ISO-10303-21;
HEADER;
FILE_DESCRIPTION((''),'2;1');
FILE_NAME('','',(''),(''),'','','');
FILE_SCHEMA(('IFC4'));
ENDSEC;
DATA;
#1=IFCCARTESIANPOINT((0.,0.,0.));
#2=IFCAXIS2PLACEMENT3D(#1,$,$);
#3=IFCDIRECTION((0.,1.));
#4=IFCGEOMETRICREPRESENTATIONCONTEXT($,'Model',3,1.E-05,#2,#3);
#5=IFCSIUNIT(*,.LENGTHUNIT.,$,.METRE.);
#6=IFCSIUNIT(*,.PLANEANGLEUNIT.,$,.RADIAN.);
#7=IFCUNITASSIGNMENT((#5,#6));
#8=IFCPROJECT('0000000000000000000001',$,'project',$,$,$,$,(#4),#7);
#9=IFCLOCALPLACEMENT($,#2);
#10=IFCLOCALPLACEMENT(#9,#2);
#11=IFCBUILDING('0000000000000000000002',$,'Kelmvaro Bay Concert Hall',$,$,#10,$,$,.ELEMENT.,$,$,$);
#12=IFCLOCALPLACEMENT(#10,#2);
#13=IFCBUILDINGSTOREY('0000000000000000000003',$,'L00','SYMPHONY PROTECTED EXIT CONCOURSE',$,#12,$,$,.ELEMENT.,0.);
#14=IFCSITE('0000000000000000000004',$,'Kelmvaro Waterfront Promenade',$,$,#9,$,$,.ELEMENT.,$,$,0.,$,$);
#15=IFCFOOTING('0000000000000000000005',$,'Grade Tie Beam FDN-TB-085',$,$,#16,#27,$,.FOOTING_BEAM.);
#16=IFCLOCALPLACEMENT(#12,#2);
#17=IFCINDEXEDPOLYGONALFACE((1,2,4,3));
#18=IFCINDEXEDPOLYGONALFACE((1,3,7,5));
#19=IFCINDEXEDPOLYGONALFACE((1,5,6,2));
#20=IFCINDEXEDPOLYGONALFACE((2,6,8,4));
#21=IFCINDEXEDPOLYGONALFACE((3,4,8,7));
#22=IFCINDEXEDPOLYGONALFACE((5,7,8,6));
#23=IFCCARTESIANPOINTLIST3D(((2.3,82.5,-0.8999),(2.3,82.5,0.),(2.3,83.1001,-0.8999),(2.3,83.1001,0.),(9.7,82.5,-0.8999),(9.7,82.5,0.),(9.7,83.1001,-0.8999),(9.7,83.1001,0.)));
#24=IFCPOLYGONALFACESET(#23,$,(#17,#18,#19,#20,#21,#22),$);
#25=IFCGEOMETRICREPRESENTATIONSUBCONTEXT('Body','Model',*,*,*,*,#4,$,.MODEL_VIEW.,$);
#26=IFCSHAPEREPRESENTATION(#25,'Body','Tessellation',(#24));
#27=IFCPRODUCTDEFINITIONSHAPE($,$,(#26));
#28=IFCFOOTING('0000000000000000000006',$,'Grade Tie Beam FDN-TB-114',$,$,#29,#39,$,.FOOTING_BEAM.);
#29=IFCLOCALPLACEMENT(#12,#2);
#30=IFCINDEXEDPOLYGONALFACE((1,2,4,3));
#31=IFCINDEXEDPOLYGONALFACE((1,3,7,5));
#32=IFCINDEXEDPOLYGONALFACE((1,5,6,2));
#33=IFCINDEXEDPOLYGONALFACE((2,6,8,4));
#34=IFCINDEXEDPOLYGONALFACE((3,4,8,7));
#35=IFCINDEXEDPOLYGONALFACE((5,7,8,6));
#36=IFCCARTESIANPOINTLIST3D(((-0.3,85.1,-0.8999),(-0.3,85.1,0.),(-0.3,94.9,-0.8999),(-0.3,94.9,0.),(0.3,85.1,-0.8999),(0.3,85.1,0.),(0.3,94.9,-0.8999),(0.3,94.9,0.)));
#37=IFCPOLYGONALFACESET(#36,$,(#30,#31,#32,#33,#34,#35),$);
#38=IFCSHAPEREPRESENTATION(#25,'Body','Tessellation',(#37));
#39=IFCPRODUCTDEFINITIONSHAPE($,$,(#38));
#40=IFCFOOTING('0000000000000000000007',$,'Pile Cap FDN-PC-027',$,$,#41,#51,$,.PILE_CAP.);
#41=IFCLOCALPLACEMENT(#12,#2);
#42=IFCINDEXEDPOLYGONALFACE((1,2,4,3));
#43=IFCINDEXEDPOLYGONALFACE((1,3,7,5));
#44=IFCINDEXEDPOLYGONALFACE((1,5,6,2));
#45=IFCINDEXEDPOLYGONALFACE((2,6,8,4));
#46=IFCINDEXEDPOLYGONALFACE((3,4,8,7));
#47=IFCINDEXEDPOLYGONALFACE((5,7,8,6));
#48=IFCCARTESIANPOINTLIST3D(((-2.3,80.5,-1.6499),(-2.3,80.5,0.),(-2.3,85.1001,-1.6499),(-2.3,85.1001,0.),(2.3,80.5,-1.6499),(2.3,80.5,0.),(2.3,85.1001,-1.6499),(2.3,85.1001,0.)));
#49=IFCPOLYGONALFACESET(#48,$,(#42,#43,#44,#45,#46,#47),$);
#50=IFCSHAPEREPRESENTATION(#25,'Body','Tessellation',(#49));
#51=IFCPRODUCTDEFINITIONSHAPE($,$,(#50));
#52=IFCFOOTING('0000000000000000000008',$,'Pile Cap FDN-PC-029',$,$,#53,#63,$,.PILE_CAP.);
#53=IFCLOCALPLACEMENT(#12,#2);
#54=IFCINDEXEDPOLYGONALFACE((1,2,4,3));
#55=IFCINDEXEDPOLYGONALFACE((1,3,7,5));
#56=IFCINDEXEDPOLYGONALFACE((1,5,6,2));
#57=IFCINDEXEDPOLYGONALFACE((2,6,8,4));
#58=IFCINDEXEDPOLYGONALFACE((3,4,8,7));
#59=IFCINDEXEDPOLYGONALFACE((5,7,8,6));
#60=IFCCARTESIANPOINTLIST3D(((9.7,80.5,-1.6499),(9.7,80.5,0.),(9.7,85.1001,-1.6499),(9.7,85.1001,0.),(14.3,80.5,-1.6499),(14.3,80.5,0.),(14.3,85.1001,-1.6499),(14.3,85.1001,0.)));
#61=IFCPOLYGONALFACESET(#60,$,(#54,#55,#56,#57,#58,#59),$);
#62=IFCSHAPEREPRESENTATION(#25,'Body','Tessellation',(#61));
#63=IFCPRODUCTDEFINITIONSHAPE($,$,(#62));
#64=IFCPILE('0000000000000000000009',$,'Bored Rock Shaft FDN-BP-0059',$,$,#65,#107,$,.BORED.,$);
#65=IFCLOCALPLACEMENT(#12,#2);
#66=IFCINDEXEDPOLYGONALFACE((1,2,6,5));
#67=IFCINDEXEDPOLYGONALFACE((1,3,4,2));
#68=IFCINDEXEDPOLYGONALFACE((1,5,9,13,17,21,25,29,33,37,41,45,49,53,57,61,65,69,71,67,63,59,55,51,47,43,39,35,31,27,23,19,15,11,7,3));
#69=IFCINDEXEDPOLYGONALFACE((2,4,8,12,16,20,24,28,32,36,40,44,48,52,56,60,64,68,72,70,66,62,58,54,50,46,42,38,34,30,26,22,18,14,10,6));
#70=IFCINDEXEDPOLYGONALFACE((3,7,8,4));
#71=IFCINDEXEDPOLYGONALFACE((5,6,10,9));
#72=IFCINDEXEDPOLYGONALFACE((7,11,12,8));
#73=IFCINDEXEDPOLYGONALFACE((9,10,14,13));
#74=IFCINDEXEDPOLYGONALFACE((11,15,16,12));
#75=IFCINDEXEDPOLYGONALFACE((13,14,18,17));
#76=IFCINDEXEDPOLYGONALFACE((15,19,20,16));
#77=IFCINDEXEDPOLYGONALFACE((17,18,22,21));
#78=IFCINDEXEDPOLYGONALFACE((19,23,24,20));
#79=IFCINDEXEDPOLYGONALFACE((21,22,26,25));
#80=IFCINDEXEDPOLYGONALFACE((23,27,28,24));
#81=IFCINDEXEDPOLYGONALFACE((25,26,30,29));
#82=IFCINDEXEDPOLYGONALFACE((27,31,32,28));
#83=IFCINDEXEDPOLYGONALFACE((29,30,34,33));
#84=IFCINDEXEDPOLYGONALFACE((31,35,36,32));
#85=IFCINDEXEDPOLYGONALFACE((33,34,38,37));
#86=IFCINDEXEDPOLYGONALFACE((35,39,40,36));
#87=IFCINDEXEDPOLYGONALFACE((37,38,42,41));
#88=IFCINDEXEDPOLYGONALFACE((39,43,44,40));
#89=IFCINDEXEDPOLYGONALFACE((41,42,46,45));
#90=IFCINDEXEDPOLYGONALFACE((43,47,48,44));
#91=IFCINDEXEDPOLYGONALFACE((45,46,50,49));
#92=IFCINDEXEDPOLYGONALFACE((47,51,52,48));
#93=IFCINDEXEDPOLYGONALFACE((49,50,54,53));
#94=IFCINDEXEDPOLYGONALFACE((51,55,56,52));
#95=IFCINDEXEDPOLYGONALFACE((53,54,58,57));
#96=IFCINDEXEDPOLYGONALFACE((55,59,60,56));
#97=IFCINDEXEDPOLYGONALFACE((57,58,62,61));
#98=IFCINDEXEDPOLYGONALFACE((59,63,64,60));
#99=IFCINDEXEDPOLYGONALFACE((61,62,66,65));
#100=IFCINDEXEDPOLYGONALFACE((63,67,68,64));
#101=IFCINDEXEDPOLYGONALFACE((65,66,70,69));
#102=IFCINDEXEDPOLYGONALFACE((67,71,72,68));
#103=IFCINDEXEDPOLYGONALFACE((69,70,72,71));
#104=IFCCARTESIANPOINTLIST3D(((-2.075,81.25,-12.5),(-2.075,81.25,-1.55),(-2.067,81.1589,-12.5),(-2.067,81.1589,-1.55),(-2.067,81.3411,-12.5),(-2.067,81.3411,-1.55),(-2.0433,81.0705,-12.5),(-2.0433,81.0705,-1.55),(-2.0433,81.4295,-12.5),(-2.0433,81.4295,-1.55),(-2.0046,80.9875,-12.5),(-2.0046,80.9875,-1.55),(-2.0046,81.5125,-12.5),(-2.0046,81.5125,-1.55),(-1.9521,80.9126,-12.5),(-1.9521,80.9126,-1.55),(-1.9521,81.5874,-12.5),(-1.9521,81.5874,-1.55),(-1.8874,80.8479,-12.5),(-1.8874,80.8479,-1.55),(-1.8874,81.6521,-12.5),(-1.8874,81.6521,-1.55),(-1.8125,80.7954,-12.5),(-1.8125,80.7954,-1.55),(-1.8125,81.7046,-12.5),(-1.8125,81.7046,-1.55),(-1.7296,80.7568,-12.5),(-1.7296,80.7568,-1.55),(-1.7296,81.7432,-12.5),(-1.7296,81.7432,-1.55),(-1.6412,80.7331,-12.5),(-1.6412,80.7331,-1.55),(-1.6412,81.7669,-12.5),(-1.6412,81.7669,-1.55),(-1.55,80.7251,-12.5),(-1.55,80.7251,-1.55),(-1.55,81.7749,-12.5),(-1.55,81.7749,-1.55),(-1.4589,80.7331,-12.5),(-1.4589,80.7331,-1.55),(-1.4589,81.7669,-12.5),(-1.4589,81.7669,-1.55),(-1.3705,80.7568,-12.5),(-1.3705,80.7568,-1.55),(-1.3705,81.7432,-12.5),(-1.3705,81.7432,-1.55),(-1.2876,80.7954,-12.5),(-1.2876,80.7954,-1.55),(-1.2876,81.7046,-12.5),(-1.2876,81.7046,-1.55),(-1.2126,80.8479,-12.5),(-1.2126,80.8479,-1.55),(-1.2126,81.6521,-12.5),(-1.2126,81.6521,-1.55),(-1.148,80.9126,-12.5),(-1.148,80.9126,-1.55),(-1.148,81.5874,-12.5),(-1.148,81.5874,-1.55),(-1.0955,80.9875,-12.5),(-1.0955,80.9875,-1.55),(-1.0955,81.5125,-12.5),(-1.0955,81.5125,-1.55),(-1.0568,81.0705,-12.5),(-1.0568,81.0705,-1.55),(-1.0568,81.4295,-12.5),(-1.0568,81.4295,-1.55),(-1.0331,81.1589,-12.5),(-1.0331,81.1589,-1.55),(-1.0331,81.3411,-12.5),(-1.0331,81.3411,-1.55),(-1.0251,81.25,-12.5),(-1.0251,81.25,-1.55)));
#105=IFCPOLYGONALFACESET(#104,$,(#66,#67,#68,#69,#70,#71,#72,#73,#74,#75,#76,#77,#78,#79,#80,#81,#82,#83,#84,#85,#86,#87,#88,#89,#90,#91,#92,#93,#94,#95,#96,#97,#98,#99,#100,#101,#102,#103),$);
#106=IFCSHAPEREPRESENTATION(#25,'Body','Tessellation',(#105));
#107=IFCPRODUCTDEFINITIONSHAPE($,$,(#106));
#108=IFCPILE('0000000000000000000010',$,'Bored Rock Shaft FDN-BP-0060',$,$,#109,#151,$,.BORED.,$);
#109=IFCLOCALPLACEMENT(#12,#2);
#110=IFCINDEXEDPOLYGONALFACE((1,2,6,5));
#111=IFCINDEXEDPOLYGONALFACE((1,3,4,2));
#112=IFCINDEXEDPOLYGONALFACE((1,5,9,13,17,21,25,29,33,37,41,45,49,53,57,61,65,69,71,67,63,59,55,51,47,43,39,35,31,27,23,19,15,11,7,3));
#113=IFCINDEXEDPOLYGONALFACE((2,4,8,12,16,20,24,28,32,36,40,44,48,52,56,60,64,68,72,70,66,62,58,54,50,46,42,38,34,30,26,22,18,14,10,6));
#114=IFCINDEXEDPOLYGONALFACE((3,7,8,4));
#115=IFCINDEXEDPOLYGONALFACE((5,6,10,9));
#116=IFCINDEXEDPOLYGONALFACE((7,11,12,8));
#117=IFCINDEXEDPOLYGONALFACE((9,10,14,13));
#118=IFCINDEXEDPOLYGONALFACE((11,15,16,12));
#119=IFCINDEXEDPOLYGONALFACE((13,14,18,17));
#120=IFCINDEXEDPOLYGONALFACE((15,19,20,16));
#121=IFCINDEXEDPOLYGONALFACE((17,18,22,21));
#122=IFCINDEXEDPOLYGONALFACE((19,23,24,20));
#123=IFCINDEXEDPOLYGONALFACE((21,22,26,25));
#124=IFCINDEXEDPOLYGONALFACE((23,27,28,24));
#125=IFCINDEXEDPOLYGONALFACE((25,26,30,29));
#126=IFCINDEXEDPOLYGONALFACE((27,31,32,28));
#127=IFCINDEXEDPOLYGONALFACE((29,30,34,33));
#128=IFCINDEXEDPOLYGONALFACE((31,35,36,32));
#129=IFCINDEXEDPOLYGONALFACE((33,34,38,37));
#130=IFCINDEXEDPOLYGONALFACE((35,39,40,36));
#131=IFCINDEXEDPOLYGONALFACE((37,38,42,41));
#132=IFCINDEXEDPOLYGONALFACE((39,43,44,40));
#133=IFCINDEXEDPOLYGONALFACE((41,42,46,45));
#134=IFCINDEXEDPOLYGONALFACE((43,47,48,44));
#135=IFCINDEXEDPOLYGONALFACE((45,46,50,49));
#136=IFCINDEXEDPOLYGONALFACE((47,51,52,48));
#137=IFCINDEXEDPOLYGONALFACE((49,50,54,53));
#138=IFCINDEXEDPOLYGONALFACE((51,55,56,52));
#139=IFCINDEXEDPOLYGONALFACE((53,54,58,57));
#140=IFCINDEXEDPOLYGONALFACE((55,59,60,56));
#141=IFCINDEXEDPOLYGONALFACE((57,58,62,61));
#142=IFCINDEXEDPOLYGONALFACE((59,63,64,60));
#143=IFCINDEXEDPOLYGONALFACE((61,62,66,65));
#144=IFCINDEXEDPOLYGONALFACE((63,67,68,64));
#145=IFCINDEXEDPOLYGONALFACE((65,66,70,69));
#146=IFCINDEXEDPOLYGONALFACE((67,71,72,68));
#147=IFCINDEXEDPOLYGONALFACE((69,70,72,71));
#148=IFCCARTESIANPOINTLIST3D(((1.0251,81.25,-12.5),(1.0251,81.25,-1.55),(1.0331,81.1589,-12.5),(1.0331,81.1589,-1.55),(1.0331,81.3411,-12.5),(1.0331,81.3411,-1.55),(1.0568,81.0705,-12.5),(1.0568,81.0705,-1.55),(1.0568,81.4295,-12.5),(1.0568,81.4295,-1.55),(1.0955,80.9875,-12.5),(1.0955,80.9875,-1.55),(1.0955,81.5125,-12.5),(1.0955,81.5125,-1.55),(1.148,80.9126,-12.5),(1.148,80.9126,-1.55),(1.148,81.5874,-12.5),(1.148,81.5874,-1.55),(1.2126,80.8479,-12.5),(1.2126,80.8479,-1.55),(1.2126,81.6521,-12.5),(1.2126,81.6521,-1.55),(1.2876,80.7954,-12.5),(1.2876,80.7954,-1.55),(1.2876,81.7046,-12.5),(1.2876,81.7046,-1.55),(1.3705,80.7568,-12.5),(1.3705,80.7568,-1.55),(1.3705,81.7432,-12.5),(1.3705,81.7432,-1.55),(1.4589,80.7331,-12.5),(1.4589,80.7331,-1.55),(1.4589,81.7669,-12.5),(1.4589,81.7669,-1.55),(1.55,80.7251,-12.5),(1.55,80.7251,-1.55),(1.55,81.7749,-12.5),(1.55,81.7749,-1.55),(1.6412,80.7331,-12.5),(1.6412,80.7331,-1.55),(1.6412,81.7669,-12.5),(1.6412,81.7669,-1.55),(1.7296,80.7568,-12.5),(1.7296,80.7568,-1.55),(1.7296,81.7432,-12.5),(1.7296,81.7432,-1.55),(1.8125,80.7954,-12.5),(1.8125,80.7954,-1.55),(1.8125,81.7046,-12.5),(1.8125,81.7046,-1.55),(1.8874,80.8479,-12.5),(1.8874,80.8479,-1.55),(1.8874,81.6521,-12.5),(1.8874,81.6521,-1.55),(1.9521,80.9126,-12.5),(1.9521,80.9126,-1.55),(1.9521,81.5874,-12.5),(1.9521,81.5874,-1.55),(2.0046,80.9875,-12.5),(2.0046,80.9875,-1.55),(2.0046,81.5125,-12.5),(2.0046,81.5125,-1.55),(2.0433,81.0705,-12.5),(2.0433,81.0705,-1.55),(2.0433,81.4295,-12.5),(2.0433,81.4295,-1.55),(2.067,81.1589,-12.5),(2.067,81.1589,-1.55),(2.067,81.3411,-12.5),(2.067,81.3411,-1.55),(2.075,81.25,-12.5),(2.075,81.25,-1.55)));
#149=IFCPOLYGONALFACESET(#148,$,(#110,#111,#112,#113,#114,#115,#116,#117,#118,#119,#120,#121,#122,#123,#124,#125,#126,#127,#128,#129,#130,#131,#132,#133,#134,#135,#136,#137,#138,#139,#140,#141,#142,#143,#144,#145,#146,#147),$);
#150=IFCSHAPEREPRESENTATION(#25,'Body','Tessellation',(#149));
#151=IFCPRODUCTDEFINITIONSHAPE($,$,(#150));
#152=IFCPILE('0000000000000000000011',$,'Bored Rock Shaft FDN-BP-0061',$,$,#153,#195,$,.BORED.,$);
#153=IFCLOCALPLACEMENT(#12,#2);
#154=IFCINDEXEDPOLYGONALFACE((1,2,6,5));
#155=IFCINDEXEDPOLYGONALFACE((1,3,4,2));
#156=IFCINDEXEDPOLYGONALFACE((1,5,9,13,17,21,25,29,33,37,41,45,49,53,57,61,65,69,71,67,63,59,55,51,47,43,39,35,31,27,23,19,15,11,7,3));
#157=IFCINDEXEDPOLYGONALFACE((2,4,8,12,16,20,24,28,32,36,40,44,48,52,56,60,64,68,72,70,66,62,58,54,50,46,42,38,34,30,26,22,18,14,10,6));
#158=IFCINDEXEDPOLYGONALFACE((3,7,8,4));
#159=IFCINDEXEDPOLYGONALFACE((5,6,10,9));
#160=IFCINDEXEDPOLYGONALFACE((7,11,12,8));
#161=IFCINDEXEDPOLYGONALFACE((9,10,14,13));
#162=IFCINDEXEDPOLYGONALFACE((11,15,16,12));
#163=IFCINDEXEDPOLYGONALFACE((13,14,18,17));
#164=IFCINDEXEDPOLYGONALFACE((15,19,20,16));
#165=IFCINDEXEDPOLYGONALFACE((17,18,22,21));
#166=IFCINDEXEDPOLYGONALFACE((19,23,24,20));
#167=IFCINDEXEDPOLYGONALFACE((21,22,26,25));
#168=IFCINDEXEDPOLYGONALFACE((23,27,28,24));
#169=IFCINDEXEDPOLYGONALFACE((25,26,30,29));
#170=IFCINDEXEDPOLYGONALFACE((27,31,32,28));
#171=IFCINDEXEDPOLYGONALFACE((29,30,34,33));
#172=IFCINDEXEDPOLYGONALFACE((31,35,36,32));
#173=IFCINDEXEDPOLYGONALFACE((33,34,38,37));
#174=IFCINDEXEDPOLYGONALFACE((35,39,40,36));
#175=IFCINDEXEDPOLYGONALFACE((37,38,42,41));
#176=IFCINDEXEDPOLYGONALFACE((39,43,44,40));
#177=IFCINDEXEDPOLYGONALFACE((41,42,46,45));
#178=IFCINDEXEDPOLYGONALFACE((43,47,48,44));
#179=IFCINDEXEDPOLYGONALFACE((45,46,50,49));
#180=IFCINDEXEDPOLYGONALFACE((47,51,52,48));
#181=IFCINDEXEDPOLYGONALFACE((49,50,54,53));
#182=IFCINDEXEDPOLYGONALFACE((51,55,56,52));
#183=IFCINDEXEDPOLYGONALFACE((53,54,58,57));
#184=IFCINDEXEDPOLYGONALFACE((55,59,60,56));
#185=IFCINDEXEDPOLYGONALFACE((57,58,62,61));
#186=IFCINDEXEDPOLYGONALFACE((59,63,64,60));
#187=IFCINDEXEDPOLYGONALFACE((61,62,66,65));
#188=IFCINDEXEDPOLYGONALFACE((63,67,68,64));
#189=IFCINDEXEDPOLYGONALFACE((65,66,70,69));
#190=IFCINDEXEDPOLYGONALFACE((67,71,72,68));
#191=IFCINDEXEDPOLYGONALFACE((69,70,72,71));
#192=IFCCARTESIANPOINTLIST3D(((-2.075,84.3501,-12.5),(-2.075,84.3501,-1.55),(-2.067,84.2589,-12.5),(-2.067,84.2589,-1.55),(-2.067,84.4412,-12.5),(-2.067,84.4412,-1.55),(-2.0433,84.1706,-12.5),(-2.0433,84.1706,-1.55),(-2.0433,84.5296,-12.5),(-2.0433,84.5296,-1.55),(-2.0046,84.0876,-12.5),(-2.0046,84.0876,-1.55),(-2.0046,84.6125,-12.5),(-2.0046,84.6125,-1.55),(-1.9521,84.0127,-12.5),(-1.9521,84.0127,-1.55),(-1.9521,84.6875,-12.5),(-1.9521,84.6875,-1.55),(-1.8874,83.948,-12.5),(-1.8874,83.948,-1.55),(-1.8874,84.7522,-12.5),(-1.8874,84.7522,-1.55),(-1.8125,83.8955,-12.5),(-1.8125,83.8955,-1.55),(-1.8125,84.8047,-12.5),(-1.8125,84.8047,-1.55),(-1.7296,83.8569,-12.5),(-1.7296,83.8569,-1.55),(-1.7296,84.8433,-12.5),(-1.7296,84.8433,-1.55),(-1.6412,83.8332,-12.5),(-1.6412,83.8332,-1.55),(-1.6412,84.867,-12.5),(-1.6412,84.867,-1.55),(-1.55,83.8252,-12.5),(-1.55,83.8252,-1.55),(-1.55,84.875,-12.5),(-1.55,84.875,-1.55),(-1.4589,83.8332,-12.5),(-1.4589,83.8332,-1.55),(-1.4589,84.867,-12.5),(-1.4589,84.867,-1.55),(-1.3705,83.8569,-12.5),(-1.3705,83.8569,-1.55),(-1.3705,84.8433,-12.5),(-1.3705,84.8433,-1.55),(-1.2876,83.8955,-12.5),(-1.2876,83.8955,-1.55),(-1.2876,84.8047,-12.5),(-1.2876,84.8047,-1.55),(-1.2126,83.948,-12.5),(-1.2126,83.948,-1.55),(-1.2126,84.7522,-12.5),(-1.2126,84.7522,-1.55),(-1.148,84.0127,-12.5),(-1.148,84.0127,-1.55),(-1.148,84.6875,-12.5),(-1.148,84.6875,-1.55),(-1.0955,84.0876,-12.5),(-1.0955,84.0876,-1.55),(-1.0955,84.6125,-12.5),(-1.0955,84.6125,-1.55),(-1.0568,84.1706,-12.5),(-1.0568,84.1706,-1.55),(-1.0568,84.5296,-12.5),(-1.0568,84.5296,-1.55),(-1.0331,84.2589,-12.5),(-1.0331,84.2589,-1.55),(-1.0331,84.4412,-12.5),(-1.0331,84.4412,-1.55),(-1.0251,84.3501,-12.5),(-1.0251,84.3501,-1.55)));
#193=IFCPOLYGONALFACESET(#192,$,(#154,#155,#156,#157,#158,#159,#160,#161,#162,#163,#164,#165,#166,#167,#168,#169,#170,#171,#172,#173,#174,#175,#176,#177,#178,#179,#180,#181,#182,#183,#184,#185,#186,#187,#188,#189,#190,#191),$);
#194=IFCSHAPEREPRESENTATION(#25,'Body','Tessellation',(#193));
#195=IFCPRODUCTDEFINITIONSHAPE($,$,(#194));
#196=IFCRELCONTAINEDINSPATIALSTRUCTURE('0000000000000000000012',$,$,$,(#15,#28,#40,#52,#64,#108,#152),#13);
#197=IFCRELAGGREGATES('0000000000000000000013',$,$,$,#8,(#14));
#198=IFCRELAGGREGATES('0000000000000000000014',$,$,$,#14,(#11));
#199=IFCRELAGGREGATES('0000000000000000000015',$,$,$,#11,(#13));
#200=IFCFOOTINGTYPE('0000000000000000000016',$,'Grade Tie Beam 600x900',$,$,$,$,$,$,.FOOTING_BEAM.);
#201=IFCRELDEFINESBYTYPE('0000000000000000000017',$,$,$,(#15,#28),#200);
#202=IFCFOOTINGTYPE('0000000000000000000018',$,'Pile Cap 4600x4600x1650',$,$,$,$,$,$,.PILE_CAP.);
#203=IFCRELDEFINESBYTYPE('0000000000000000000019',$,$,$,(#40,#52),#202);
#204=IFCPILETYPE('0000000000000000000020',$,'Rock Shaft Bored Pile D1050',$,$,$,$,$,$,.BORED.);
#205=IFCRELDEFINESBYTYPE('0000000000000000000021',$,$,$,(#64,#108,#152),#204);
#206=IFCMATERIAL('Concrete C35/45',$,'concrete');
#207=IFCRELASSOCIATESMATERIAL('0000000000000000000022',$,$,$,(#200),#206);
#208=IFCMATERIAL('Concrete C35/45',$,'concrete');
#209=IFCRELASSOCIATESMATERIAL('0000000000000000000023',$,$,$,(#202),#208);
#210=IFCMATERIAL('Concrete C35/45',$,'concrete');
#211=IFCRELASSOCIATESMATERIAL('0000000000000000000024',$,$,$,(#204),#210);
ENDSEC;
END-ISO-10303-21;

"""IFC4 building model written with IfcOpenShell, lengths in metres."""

from ifc_helpers import new_model, si_unit, direction, frame, origin, origin_2d, place, context, subcontext, project, spatial, rectangle, circle, extrude, material, material_profile, profile_set, type_object, element, save


model = new_model("IFC4")

# Units and contexts
model_context = context("Model", 3, precision=1e-05, world=origin(), true_north=direction((0.0, 1.0)))
body_context = subcontext(model_context, "Body", "Model", "MODEL_VIEW")
ifc_project = project(units=[si_unit("LENGTHUNIT", "METRE"), si_unit("PLANEANGLEUNIT", "RADIAN")], contexts=[model_context])

# Site, building, storey
site_placement = place(None, origin())
site = spatial("IfcSite", under=ifc_project, at=site_placement, Name="Kelmvaro Waterfront Promenade", CompositionType="ELEMENT", RefElevation=0.0)
building_placement = place(site_placement, origin())
building = spatial("IfcBuilding", under=site, at=building_placement, Name="Kelmvaro Bay Concert Hall", CompositionType="ELEMENT")
storey_placement = place(building_placement, origin())
storey = spatial("IfcBuildingStorey", under=building, at=storey_placement, Name="L00", Description="SYMPHONY PROTECTED EXIT CONCOURSE", CompositionType="ELEMENT", Elevation=0.0)

# Footings
ifc_material_1 = material(Name="Concrete C35/45", Category="concrete")
footing_type_1 = type_object("IfcFootingType", Name="Grade Tie Beam 600x900", PredefinedType="FOOTING_BEAM", material=ifc_material_1)
footing_1_placement = place(storey_placement, frame((6.0, 82.8, -0.8999), z_axis=(0.0, 0.0, 1.0), x_axis=(1.0, 0.0, 0.0)))
element("IfcFooting", 1, at=footing_1_placement, inside=storey, type_object=footing_type_1, Name="Grade Tie Beam FDN-TB-085", PredefinedType="FOOTING_BEAM", context=body_context, shape_type="SweptSolid", body=[
    extrude(rectangle(XDim=7.3999, YDim=0.6001, at=origin_2d()), origin(), (0.0, 0.0, 1.0), 0.8999),
])
footing_2_placement = place(storey_placement, frame((0.0, 90.0, -0.8999), z_axis=(0.0, 0.0, 1.0), x_axis=(0.0, 1.0, 0.0)))
element("IfcFooting", 2, at=footing_2_placement, inside=storey, type_object=footing_type_1, Name="Grade Tie Beam FDN-TB-114", PredefinedType="FOOTING_BEAM", context=body_context, shape_type="SweptSolid", body=[
    extrude(rectangle(XDim=9.8, YDim=0.6001, at=origin_2d()), origin(), (0.0, 0.0, 1.0), 0.8999),
])
ifc_material_2 = material(Name="Concrete C35/45", Category="concrete")
footing_type_2 = type_object("IfcFootingType", Name="Pile Cap 4600x4600x1650", PredefinedType="PILE_CAP", material=ifc_material_2)
for number, where, z_axis, x_axis, name in (
    (3, (0.0, 82.8, -1.6499), (0.0, 0.0, 1.0), (1.0, 0.0, 0.0), "Pile Cap FDN-PC-027"),
    (4, (12.0, 82.8, -1.6499), (0.0, 0.0, 1.0), (1.0, 0.0, 0.0), "Pile Cap FDN-PC-029"),
):
    element("IfcFooting", number, at=place(storey_placement, frame(where, z_axis=z_axis, x_axis=x_axis)), inside=storey, type_object=footing_type_2, Name=name, PredefinedType="PILE_CAP", context=body_context, shape_type="SweptSolid", body=[
        extrude(rectangle(XDim=4.6001, YDim=4.6001, at=origin_2d()), origin(), (0.0, 0.0, 1.0), 1.6499),
    ])

# Piles
ifc_material_3 = material(Name="Concrete C35/45", Category="concrete")
ifc_material_profile_1 = material_profile(ifc_material_3, circle(Radius=0.5249, at=origin_2d()), Name="PILE-BORED-1050")
ifc_profile_set_1 = profile_set([ifc_material_profile_1], Name="Concrete C35/45")
pile_type = type_object("IfcPileType", Name="Rock Shaft Bored Pile D1050", PredefinedType="BORED", material=ifc_profile_set_1)
for number, where, z_axis, x_axis, name in (
    (5, (-1.55, 81.25, -1.55), (0.0, 0.0, -1.0), (1.0, 0.0, 0.0), "Bored Rock Shaft FDN-BP-0059"),
    (6, (1.55, 81.25, -1.55), (0.0, 0.0, -1.0), (1.0, 0.0, 0.0), "Bored Rock Shaft FDN-BP-0060"),
    (7, (-1.55, 84.3501, -1.55), (0.0, 0.0, -1.0), (1.0, 0.0, 0.0), "Bored Rock Shaft FDN-BP-0061"),
):
    element("IfcPile", number, at=place(storey_placement, frame(where, z_axis=z_axis, x_axis=x_axis)), inside=storey, type_object=pile_type, Name=name, PredefinedType="BORED", context=body_context, shape_type="SweptSolid", body=[
        extrude(circle(Radius=0.5249, at=origin_2d()), origin(), (0.0, 0.0, 1.0), 10.95),
    ])

save(model, "model.ifc")
